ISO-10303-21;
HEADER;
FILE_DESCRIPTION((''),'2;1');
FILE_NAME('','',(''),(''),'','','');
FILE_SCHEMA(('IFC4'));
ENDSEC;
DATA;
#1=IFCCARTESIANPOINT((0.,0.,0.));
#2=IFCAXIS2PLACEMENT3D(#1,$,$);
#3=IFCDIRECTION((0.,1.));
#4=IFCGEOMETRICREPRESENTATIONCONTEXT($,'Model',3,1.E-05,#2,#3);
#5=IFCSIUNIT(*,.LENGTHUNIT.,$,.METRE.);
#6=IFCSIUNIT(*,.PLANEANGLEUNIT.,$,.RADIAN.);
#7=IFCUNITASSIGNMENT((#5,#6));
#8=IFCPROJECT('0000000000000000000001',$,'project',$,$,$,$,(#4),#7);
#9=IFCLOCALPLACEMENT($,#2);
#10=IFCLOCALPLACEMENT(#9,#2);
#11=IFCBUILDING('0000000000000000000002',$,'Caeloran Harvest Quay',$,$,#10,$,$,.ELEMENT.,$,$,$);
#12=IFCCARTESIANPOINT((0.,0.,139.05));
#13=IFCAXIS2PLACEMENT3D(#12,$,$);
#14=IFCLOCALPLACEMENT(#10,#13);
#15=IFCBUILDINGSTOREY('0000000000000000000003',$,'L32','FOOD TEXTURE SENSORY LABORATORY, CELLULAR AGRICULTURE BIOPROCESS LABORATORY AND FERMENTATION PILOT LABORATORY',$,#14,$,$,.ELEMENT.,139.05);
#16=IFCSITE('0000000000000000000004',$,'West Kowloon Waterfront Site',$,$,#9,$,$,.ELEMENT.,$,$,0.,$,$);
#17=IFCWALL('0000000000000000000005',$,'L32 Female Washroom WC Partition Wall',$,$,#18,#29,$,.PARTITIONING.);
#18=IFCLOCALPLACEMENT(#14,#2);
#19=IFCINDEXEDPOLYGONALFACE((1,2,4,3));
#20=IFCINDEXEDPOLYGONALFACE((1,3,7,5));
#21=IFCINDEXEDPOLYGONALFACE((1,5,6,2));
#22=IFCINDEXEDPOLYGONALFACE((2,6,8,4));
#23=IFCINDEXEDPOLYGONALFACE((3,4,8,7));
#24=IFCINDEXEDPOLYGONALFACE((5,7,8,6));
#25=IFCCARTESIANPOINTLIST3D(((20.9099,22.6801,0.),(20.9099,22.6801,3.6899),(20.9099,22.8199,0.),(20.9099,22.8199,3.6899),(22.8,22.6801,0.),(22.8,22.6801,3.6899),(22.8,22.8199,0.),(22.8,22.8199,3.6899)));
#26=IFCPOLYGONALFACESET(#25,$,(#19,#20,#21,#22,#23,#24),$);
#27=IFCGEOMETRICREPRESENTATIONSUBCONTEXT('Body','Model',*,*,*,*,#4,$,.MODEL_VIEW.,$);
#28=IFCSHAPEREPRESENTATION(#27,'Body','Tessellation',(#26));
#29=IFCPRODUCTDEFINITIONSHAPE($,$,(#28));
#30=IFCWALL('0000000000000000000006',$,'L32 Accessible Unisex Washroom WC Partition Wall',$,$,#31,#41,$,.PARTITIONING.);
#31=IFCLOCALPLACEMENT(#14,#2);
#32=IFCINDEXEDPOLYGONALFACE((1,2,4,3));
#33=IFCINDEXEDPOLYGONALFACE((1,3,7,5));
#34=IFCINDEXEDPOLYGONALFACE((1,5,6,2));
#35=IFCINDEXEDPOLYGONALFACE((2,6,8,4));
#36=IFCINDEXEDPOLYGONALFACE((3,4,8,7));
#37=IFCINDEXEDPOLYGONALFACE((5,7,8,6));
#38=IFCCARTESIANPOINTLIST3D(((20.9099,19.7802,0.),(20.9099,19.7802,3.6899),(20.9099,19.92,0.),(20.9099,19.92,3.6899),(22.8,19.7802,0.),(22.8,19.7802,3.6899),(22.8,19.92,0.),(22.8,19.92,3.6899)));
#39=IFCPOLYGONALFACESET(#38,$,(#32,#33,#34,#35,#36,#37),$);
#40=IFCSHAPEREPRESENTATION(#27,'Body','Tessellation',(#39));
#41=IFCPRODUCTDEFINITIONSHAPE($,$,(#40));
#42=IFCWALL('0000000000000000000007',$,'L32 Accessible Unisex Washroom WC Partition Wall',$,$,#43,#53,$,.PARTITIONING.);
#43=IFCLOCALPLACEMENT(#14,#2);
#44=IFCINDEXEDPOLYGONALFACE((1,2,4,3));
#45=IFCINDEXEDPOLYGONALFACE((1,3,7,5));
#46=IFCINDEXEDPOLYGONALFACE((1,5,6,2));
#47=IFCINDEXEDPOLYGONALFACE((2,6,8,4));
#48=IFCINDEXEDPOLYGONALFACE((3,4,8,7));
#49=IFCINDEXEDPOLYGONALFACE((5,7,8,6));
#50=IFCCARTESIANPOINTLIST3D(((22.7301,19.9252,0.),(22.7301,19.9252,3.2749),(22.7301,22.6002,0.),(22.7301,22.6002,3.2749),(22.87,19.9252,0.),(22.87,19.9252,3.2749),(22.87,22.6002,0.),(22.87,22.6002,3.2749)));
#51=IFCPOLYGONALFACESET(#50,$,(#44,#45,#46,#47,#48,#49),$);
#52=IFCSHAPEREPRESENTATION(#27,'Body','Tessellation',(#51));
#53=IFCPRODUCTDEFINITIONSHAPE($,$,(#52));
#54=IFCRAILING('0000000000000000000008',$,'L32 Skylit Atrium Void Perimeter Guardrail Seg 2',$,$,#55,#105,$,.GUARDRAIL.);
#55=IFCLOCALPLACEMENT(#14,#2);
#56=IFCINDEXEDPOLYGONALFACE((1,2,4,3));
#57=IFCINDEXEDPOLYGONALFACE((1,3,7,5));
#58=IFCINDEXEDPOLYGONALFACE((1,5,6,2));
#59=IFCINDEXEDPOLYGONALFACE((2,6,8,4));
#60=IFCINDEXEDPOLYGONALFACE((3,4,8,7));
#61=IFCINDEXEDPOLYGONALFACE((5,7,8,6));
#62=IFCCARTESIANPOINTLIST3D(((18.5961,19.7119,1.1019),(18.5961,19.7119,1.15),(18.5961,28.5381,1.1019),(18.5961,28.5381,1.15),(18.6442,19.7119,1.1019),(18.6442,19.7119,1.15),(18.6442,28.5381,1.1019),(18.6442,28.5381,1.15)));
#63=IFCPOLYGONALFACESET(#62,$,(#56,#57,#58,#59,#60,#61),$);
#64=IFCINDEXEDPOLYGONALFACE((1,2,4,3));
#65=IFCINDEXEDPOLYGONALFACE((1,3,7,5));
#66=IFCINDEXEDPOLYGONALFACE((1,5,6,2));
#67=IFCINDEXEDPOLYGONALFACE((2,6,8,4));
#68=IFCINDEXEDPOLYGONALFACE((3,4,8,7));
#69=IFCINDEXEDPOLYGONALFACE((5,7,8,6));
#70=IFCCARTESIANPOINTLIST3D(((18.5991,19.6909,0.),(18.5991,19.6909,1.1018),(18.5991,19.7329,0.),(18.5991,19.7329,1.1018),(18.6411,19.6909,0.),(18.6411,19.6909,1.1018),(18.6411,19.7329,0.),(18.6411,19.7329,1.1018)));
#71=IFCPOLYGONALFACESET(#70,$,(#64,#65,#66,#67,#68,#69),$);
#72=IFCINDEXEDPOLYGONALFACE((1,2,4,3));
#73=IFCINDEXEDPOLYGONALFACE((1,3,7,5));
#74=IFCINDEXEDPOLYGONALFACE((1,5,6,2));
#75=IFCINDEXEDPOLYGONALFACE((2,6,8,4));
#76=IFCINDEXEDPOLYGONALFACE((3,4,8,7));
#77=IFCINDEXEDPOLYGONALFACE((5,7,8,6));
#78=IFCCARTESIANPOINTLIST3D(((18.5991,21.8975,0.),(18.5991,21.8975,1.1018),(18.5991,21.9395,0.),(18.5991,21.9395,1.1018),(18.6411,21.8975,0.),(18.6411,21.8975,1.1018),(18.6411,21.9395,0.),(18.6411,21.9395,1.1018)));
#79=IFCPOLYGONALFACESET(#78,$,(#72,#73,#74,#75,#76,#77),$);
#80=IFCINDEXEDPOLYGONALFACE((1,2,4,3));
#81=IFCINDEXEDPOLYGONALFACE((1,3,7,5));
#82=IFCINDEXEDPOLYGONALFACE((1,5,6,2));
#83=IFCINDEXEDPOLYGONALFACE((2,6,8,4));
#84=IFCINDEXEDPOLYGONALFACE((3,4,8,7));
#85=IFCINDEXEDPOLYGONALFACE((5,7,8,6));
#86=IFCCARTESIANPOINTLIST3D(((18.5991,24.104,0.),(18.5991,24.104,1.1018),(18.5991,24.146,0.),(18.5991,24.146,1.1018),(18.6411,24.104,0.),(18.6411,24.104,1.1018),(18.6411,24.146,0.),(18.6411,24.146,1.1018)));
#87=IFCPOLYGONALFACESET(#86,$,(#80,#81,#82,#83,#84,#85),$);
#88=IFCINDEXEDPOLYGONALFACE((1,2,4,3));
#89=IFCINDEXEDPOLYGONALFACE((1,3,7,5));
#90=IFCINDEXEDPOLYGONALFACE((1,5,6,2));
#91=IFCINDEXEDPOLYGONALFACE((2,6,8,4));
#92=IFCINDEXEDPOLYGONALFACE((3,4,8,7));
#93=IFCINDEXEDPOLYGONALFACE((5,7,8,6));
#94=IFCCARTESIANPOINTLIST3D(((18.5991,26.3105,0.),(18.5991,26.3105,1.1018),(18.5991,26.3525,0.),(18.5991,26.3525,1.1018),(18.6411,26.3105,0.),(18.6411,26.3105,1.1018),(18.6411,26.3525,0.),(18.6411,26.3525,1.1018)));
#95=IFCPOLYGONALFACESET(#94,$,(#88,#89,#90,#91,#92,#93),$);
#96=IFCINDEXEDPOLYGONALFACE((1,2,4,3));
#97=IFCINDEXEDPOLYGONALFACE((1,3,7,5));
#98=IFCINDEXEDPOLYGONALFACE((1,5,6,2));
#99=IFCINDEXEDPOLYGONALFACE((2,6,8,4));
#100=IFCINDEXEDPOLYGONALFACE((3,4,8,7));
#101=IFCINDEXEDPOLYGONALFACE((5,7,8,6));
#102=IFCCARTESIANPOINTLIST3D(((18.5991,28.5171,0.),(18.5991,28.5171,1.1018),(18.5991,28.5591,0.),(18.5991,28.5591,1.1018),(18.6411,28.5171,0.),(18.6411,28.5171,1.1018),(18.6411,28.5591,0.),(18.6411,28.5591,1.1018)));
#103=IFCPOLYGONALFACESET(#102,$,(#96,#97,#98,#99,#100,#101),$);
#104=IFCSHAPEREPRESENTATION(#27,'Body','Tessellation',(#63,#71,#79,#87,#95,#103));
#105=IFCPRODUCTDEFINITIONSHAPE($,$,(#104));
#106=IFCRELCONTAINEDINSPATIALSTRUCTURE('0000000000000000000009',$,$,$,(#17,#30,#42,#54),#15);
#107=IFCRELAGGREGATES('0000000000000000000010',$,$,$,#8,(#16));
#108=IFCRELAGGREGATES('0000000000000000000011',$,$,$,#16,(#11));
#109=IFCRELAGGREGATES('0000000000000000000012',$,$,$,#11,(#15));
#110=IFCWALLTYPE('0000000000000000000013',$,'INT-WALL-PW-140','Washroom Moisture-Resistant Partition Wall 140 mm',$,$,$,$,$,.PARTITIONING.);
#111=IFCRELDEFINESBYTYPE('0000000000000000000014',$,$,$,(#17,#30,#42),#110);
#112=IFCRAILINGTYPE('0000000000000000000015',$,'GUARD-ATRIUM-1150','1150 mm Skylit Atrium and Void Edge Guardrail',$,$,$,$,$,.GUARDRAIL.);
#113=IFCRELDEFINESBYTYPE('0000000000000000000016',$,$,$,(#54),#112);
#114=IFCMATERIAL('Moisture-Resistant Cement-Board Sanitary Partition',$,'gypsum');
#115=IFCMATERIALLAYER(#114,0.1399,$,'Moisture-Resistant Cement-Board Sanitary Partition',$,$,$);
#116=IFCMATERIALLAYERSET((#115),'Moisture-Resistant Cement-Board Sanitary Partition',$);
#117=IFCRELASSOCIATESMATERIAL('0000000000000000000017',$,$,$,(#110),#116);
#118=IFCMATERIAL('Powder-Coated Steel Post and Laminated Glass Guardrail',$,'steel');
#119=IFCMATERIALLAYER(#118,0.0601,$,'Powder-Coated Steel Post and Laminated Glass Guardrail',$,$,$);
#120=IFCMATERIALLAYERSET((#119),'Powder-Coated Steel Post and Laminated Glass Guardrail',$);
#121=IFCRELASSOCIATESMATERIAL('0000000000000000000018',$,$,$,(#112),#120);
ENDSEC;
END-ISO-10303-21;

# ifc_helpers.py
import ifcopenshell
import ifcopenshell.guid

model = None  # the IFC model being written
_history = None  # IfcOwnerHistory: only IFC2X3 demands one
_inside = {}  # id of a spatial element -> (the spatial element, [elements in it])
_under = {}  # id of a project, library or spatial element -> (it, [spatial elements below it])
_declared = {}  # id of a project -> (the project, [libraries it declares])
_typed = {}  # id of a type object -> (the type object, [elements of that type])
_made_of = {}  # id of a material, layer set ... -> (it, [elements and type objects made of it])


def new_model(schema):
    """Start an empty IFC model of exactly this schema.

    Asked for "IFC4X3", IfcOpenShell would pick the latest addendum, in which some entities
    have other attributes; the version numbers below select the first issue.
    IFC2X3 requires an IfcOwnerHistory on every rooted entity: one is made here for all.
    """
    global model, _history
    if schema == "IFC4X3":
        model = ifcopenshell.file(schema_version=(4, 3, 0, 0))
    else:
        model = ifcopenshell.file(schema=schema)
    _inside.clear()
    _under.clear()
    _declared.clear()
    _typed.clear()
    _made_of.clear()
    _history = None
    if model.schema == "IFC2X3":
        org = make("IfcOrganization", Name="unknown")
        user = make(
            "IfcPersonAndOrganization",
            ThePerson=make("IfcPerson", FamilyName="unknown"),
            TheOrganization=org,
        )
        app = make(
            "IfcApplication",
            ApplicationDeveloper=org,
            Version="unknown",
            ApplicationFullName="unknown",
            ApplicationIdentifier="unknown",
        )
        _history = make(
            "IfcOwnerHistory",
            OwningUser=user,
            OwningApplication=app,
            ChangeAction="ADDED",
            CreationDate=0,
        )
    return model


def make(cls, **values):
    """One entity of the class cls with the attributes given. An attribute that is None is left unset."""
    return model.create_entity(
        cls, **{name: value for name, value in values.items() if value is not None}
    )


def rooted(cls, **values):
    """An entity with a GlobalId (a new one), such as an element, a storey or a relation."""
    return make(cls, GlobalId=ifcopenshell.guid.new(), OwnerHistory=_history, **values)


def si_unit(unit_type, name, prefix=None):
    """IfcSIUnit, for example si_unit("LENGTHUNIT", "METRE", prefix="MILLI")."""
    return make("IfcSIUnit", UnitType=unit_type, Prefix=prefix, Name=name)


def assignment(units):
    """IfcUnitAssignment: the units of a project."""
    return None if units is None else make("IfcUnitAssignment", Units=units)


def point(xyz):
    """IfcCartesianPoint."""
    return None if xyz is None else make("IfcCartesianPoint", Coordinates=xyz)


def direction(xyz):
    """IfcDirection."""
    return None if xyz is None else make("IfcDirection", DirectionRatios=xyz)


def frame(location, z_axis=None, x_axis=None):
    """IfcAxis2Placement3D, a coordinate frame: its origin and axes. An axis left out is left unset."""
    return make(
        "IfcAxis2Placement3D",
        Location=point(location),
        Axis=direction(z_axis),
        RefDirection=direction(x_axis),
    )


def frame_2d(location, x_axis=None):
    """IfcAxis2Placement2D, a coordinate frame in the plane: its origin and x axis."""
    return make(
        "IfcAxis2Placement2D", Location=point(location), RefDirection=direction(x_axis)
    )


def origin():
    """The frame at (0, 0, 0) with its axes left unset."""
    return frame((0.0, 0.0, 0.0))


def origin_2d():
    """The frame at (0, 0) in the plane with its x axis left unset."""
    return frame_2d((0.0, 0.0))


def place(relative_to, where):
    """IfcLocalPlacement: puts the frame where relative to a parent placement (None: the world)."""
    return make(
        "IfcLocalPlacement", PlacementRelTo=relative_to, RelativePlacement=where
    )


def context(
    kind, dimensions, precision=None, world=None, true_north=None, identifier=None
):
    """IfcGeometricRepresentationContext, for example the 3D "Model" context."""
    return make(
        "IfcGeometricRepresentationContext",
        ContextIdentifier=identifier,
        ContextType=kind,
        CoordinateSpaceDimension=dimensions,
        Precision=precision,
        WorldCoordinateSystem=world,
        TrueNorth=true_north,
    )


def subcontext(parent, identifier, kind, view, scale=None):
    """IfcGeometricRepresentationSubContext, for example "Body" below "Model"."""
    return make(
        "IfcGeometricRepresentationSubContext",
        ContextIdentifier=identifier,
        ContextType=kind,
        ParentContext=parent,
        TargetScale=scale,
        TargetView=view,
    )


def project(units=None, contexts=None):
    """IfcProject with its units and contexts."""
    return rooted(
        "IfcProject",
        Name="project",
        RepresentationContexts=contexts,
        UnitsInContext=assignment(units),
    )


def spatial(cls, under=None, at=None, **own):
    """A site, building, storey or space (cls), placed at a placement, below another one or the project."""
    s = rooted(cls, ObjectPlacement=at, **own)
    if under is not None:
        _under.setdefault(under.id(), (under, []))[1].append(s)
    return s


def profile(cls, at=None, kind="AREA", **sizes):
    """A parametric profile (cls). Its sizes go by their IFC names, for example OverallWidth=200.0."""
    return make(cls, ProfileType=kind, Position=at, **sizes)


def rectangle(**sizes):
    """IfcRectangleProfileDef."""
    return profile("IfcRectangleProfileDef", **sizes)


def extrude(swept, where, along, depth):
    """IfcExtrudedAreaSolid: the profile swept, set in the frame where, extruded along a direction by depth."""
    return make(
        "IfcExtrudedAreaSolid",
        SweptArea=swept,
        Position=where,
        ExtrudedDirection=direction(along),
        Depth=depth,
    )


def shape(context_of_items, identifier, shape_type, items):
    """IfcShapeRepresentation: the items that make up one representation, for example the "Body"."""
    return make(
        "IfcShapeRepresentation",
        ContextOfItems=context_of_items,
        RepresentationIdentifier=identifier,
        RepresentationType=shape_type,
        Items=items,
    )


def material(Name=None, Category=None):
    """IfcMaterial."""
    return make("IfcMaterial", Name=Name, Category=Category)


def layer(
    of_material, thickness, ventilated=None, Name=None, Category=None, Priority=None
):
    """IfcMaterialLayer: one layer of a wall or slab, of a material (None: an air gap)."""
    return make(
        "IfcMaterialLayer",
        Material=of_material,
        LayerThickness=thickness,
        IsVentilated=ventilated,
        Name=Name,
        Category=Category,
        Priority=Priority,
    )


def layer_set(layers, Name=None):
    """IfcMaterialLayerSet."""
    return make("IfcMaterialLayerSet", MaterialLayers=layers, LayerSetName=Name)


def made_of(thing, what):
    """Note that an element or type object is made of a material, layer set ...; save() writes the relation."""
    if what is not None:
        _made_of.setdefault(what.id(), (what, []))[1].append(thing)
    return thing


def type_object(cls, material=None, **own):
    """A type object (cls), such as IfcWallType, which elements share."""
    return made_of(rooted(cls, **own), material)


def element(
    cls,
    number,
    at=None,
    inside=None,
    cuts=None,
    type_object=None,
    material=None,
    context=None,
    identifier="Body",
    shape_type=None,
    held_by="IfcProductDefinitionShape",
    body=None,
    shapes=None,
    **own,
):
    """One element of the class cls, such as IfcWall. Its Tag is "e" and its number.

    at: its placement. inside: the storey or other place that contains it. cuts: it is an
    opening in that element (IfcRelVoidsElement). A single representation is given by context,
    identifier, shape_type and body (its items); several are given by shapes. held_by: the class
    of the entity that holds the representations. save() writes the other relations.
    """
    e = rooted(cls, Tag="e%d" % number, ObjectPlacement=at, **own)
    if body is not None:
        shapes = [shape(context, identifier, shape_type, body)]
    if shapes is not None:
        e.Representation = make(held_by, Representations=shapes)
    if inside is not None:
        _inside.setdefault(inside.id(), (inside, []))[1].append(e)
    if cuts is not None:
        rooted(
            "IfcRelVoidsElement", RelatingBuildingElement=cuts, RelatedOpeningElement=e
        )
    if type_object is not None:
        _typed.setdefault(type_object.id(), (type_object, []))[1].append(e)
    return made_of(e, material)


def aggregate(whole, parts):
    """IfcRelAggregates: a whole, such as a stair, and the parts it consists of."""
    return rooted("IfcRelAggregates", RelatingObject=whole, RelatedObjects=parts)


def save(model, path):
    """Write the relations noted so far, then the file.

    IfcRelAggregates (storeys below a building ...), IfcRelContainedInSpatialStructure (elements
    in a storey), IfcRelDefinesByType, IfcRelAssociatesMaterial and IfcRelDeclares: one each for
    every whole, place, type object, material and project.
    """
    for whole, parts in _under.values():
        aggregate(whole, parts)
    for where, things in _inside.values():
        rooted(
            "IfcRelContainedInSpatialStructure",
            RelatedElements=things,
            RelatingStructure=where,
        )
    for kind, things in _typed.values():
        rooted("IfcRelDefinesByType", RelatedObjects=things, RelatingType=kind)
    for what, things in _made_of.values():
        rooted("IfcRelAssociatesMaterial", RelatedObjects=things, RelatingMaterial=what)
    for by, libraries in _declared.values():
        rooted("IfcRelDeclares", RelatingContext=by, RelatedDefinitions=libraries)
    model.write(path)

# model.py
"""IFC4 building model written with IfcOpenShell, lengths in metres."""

from ifc_helpers import new_model, si_unit, direction, frame, frame_2d, origin, origin_2d, place, context, subcontext, project, spatial, rectangle, extrude, material, layer, layer_set, type_object, element, save


model = new_model("IFC4")

# Units and contexts
model_context = context("Model", 3, precision=1e-05, world=origin(), true_north=direction((0.0, 1.0)))
body_context = subcontext(model_context, "Body", "Model", "MODEL_VIEW")
ifc_project = project(units=[si_unit("LENGTHUNIT", "METRE"), si_unit("PLANEANGLEUNIT", "RADIAN")], contexts=[model_context])

# Site, building, storey
site_placement = place(None, origin())
site = spatial("IfcSite", under=ifc_project, at=site_placement, Name="West Kowloon Waterfront Site", CompositionType="ELEMENT", RefElevation=0.0)
building_placement = place(site_placement, origin())
building = spatial("IfcBuilding", under=site, at=building_placement, Name="Caeloran Harvest Quay", CompositionType="ELEMENT")
storey_placement = place(building_placement, frame((0.0, 0.0, 139.05)))
storey = spatial("IfcBuildingStorey", under=building, at=storey_placement, Name="L32", Description="FOOD TEXTURE SENSORY LABORATORY, CELLULAR AGRICULTURE BIOPROCESS LABORATORY AND FERMENTATION PILOT LABORATORY", CompositionType="ELEMENT", Elevation=139.05)

# Wall
ifc_material_1 = material(Name="Moisture-Resistant Cement-Board Sanitary Partition", Category="gypsum")
ifc_layer_1 = layer(ifc_material_1, 0.1399, Name="Moisture-Resistant Cement-Board Sanitary Partition")
ifc_layer_set_1 = layer_set([ifc_layer_1], Name="Moisture-Resistant Cement-Board Sanitary Partition")
wall_type = type_object("IfcWallType", Name="INT-WALL-PW-140", Description="Washroom Moisture-Resistant Partition Wall 140 mm", PredefinedType="PARTITIONING", material=ifc_layer_set_1)
wall_1_placement = place(storey_placement, frame((22.8, 22.75, 0.0), z_axis=(0.0, 0.0, 1.0), x_axis=(-1.0, 0.0, 0.0)))
element("IfcWall", 1, at=wall_1_placement, inside=storey, type_object=wall_type, Name="L32 Female Washroom WC Partition Wall", PredefinedType="PARTITIONING", context=body_context, shape_type="SweptSolid", body=[
    extrude(rectangle(XDim=1.8901, YDim=0.1399, at=frame_2d((0.9451, 0.0))), origin(), (0.0, 0.0, 1.0), 3.6899),
])

# Wall
wall_2_placement = place(storey_placement, frame((22.8, 19.8501, 0.0), z_axis=(0.0, 0.0, 1.0), x_axis=(-1.0, 0.0, 0.0)))
element("IfcWall", 2, at=wall_2_placement, inside=storey, type_object=wall_type, Name="L32 Accessible Unisex Washroom WC Partition Wall", PredefinedType="PARTITIONING", context=body_context, shape_type="SweptSolid", body=[
    extrude(rectangle(XDim=1.8901, YDim=0.1399, at=frame_2d((0.9451, 0.0))), origin(), (0.0, 0.0, 1.0), 3.6899),
])

# Wall
wall_3_placement = place(storey_placement, frame((22.8, 22.6001, 0.0), z_axis=(0.0, 0.0, 1.0), x_axis=(0.0, -1.0, 0.0)))
element("IfcWall", 3, at=wall_3_placement, inside=storey, type_object=wall_type, Name="L32 Accessible Unisex Washroom WC Partition Wall", PredefinedType="PARTITIONING", context=body_context, shape_type="SweptSolid", body=[
    extrude(rectangle(XDim=2.675, YDim=0.1399, at=frame_2d((1.3374, 0.0))), origin(), (0.0, 0.0, 1.0), 3.2749),
])

# Railing
ifc_material_2 = material(Name="Powder-Coated Steel Post and Laminated Glass Guardrail", Category="steel")
ifc_layer_2 = layer(ifc_material_2, 0.0601, Name="Powder-Coated Steel Post and Laminated Glass Guardrail")
ifc_layer_set_2 = layer_set([ifc_layer_2], Name="Powder-Coated Steel Post and Laminated Glass Guardrail")
railing_type = type_object("IfcRailingType", Name="GUARD-ATRIUM-1150", Description="1150 mm Skylit Atrium and Void Edge Guardrail", PredefinedType="GUARDRAIL", material=ifc_layer_set_2)
railing_placement = place(storey_placement, frame((18.6201, 19.7119, 0.0)))
element("IfcRailing", 4, at=railing_placement, inside=storey, type_object=railing_type, Name="L32 Skylit Atrium Void Perimeter Guardrail Seg 2", PredefinedType="GUARDRAIL", context=body_context, shape_type="SweptSolid", body=[
    extrude(rectangle(XDim=0.0481, YDim=0.0481, at=origin_2d()), frame((0.0, 0.0, 1.126), z_axis=(0.0, 1.0, 0.0), x_axis=(-1.0, 0.0, 0.0)), (0.0, 0.0, 1.0), 8.8262),
    extrude(rectangle(XDim=0.042, YDim=0.042, at=origin_2d()), origin(), (0.0, 0.0, 1.0), 1.1018),
    extrude(rectangle(XDim=0.042, YDim=0.042, at=origin_2d()), frame((0.0, 2.2065, 0.0)), (0.0, 0.0, 1.0), 1.1018),
    extrude(rectangle(XDim=0.042, YDim=0.042, at=origin_2d()), frame((0.0, 4.4131, 0.0)), (0.0, 0.0, 1.0), 1.1018),
    extrude(rectangle(XDim=0.042, YDim=0.042, at=origin_2d()), frame((0.0, 6.6196, 0.0)), (0.0, 0.0, 1.0), 1.1018),
    extrude(rectangle(XDim=0.042, YDim=0.042, at=origin_2d()), frame((0.0, 8.8262, 0.0)), (0.0, 0.0, 1.0), 1.1018),
])

save(model, "model.ifc")
